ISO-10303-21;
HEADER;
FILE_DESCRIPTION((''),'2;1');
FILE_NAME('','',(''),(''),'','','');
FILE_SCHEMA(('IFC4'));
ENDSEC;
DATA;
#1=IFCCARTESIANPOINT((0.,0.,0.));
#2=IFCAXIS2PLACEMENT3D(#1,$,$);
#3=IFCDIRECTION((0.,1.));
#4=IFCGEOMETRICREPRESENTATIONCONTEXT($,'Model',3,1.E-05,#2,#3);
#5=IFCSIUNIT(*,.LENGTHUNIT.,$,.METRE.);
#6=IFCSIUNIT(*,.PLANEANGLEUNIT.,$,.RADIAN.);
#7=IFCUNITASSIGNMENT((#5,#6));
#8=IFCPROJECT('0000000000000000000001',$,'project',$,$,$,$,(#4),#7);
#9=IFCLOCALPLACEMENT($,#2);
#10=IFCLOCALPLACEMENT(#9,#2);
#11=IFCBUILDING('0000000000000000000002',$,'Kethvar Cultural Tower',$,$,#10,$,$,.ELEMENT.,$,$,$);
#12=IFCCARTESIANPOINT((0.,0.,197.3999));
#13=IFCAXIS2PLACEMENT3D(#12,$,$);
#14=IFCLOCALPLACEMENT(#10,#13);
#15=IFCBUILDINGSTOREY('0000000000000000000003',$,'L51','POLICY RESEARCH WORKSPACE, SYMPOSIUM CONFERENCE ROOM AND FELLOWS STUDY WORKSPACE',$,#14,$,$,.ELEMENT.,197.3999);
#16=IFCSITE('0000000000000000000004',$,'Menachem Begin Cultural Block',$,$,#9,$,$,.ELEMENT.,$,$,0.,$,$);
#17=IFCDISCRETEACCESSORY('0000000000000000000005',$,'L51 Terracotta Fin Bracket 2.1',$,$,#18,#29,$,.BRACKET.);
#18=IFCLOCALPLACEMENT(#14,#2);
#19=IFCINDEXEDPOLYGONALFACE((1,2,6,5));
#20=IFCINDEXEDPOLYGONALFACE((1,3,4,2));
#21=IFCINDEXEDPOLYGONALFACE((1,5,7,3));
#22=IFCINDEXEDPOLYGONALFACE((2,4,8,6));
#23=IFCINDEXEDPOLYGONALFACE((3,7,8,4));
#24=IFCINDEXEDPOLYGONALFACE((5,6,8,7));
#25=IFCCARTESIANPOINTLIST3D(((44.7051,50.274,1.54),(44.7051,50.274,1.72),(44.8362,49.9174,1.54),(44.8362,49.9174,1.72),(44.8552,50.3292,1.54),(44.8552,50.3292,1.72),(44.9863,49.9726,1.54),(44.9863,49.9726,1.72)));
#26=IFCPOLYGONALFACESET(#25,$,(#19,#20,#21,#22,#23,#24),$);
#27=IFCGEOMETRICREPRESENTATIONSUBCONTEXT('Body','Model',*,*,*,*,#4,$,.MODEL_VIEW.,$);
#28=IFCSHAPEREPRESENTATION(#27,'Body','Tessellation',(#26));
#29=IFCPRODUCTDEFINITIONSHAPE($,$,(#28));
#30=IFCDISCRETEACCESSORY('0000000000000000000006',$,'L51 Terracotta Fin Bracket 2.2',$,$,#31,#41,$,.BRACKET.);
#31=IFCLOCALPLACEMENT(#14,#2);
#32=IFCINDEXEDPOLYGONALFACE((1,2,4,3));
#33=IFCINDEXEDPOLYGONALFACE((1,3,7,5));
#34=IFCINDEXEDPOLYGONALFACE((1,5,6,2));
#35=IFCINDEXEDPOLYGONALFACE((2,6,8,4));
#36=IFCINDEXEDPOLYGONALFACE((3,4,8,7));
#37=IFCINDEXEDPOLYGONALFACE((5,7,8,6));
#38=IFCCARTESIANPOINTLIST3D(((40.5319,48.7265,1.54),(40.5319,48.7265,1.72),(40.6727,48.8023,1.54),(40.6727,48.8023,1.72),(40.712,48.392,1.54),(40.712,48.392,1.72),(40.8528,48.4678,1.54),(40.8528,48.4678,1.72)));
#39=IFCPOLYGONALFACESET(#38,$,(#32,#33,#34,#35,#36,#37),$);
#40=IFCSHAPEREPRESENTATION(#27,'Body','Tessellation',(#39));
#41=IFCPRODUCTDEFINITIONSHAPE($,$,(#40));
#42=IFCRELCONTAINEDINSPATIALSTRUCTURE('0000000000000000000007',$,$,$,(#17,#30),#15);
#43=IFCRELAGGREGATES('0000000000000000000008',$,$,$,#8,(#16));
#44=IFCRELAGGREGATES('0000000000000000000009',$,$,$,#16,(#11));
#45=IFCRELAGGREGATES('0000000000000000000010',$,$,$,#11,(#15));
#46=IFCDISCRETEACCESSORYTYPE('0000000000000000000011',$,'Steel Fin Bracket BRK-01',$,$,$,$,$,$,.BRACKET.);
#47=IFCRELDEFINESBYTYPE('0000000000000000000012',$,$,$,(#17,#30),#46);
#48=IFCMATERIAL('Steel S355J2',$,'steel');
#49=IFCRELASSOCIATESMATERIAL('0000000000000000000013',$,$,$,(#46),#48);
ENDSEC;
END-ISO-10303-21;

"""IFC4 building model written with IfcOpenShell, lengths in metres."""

from ifc_helpers import new_model, si_unit, direction, frame, origin, origin_2d, place, context, subcontext, project, spatial, rectangle, extrude, source, transform, mapped, material, type_object, element, save


model = new_model("IFC4")

# Units and contexts
model_context = context("Model", 3, precision=1e-05, world=origin(), true_north=direction((0.0, 1.0)))
body_context = subcontext(model_context, "Body", "Model", "MODEL_VIEW")
ifc_project = project(units=[si_unit("LENGTHUNIT", "METRE"), si_unit("PLANEANGLEUNIT", "RADIAN")], contexts=[model_context])

# Site, building, storey
site_placement = place(None, origin())
site = spatial("IfcSite", under=ifc_project, at=site_placement, Name="Menachem Begin Cultural Block", CompositionType="ELEMENT", RefElevation=0.0)
building_placement = place(site_placement, origin())
building = spatial("IfcBuilding", under=site, at=building_placement, Name="Kethvar Cultural Tower", CompositionType="ELEMENT")
storey_placement = place(building_placement, frame((0.0, 0.0, 197.3999)))
storey = spatial("IfcBuildingStorey", under=building, at=storey_placement, Name="L51", Description="POLICY RESEARCH WORKSPACE, SYMPOSIUM CONFERENCE ROOM AND FELLOWS STUDY WORKSPACE", CompositionType="ELEMENT", Elevation=197.3999)

# Shared definitions
ifc_material_1 = material(Name="Steel S355J2", Category="steel")

# Discrete accessories
discrete_accessory_type = type_object("IfcDiscreteAccessoryType", Name="Steel Fin Bracket BRK-01", PredefinedType="BRACKET", material=ifc_material_1)
shared_shape_1 = source(origin(), body_context, "Body", "SweptSolid", [
    extrude(rectangle(XDim=0.3799, YDim=0.1599, at=origin_2d()), origin(), (0.0, 0.0, 1.0), 0.1799),
])
for number, where, z_axis, x_axis, name in (
    (1, (44.8457, 50.1233, 1.54), (0.0, 0.0, 1.0), (-0.344971, 0.938613, 0.0), "L51 Terracotta Fin Bracket 2.1"),
    (2, (40.6924, 48.5972, 1.54), (0.0, 0.0, 1.0), (-0.474088, 0.880477, 0.0), "L51 Terracotta Fin Bracket 2.2"),
):
    element("IfcDiscreteAccessory", number, at=place(storey_placement, frame(where, z_axis=z_axis, x_axis=x_axis)), inside=storey, type_object=discrete_accessory_type, Name=name, PredefinedType="BRACKET", context=body_context, shape_type="MappedRepresentation", body=[
        mapped(shared_shape_1, transform((0.0, 0.0, 0.0), scale=1.0)),
    ])

save(model, "model.ifc")
